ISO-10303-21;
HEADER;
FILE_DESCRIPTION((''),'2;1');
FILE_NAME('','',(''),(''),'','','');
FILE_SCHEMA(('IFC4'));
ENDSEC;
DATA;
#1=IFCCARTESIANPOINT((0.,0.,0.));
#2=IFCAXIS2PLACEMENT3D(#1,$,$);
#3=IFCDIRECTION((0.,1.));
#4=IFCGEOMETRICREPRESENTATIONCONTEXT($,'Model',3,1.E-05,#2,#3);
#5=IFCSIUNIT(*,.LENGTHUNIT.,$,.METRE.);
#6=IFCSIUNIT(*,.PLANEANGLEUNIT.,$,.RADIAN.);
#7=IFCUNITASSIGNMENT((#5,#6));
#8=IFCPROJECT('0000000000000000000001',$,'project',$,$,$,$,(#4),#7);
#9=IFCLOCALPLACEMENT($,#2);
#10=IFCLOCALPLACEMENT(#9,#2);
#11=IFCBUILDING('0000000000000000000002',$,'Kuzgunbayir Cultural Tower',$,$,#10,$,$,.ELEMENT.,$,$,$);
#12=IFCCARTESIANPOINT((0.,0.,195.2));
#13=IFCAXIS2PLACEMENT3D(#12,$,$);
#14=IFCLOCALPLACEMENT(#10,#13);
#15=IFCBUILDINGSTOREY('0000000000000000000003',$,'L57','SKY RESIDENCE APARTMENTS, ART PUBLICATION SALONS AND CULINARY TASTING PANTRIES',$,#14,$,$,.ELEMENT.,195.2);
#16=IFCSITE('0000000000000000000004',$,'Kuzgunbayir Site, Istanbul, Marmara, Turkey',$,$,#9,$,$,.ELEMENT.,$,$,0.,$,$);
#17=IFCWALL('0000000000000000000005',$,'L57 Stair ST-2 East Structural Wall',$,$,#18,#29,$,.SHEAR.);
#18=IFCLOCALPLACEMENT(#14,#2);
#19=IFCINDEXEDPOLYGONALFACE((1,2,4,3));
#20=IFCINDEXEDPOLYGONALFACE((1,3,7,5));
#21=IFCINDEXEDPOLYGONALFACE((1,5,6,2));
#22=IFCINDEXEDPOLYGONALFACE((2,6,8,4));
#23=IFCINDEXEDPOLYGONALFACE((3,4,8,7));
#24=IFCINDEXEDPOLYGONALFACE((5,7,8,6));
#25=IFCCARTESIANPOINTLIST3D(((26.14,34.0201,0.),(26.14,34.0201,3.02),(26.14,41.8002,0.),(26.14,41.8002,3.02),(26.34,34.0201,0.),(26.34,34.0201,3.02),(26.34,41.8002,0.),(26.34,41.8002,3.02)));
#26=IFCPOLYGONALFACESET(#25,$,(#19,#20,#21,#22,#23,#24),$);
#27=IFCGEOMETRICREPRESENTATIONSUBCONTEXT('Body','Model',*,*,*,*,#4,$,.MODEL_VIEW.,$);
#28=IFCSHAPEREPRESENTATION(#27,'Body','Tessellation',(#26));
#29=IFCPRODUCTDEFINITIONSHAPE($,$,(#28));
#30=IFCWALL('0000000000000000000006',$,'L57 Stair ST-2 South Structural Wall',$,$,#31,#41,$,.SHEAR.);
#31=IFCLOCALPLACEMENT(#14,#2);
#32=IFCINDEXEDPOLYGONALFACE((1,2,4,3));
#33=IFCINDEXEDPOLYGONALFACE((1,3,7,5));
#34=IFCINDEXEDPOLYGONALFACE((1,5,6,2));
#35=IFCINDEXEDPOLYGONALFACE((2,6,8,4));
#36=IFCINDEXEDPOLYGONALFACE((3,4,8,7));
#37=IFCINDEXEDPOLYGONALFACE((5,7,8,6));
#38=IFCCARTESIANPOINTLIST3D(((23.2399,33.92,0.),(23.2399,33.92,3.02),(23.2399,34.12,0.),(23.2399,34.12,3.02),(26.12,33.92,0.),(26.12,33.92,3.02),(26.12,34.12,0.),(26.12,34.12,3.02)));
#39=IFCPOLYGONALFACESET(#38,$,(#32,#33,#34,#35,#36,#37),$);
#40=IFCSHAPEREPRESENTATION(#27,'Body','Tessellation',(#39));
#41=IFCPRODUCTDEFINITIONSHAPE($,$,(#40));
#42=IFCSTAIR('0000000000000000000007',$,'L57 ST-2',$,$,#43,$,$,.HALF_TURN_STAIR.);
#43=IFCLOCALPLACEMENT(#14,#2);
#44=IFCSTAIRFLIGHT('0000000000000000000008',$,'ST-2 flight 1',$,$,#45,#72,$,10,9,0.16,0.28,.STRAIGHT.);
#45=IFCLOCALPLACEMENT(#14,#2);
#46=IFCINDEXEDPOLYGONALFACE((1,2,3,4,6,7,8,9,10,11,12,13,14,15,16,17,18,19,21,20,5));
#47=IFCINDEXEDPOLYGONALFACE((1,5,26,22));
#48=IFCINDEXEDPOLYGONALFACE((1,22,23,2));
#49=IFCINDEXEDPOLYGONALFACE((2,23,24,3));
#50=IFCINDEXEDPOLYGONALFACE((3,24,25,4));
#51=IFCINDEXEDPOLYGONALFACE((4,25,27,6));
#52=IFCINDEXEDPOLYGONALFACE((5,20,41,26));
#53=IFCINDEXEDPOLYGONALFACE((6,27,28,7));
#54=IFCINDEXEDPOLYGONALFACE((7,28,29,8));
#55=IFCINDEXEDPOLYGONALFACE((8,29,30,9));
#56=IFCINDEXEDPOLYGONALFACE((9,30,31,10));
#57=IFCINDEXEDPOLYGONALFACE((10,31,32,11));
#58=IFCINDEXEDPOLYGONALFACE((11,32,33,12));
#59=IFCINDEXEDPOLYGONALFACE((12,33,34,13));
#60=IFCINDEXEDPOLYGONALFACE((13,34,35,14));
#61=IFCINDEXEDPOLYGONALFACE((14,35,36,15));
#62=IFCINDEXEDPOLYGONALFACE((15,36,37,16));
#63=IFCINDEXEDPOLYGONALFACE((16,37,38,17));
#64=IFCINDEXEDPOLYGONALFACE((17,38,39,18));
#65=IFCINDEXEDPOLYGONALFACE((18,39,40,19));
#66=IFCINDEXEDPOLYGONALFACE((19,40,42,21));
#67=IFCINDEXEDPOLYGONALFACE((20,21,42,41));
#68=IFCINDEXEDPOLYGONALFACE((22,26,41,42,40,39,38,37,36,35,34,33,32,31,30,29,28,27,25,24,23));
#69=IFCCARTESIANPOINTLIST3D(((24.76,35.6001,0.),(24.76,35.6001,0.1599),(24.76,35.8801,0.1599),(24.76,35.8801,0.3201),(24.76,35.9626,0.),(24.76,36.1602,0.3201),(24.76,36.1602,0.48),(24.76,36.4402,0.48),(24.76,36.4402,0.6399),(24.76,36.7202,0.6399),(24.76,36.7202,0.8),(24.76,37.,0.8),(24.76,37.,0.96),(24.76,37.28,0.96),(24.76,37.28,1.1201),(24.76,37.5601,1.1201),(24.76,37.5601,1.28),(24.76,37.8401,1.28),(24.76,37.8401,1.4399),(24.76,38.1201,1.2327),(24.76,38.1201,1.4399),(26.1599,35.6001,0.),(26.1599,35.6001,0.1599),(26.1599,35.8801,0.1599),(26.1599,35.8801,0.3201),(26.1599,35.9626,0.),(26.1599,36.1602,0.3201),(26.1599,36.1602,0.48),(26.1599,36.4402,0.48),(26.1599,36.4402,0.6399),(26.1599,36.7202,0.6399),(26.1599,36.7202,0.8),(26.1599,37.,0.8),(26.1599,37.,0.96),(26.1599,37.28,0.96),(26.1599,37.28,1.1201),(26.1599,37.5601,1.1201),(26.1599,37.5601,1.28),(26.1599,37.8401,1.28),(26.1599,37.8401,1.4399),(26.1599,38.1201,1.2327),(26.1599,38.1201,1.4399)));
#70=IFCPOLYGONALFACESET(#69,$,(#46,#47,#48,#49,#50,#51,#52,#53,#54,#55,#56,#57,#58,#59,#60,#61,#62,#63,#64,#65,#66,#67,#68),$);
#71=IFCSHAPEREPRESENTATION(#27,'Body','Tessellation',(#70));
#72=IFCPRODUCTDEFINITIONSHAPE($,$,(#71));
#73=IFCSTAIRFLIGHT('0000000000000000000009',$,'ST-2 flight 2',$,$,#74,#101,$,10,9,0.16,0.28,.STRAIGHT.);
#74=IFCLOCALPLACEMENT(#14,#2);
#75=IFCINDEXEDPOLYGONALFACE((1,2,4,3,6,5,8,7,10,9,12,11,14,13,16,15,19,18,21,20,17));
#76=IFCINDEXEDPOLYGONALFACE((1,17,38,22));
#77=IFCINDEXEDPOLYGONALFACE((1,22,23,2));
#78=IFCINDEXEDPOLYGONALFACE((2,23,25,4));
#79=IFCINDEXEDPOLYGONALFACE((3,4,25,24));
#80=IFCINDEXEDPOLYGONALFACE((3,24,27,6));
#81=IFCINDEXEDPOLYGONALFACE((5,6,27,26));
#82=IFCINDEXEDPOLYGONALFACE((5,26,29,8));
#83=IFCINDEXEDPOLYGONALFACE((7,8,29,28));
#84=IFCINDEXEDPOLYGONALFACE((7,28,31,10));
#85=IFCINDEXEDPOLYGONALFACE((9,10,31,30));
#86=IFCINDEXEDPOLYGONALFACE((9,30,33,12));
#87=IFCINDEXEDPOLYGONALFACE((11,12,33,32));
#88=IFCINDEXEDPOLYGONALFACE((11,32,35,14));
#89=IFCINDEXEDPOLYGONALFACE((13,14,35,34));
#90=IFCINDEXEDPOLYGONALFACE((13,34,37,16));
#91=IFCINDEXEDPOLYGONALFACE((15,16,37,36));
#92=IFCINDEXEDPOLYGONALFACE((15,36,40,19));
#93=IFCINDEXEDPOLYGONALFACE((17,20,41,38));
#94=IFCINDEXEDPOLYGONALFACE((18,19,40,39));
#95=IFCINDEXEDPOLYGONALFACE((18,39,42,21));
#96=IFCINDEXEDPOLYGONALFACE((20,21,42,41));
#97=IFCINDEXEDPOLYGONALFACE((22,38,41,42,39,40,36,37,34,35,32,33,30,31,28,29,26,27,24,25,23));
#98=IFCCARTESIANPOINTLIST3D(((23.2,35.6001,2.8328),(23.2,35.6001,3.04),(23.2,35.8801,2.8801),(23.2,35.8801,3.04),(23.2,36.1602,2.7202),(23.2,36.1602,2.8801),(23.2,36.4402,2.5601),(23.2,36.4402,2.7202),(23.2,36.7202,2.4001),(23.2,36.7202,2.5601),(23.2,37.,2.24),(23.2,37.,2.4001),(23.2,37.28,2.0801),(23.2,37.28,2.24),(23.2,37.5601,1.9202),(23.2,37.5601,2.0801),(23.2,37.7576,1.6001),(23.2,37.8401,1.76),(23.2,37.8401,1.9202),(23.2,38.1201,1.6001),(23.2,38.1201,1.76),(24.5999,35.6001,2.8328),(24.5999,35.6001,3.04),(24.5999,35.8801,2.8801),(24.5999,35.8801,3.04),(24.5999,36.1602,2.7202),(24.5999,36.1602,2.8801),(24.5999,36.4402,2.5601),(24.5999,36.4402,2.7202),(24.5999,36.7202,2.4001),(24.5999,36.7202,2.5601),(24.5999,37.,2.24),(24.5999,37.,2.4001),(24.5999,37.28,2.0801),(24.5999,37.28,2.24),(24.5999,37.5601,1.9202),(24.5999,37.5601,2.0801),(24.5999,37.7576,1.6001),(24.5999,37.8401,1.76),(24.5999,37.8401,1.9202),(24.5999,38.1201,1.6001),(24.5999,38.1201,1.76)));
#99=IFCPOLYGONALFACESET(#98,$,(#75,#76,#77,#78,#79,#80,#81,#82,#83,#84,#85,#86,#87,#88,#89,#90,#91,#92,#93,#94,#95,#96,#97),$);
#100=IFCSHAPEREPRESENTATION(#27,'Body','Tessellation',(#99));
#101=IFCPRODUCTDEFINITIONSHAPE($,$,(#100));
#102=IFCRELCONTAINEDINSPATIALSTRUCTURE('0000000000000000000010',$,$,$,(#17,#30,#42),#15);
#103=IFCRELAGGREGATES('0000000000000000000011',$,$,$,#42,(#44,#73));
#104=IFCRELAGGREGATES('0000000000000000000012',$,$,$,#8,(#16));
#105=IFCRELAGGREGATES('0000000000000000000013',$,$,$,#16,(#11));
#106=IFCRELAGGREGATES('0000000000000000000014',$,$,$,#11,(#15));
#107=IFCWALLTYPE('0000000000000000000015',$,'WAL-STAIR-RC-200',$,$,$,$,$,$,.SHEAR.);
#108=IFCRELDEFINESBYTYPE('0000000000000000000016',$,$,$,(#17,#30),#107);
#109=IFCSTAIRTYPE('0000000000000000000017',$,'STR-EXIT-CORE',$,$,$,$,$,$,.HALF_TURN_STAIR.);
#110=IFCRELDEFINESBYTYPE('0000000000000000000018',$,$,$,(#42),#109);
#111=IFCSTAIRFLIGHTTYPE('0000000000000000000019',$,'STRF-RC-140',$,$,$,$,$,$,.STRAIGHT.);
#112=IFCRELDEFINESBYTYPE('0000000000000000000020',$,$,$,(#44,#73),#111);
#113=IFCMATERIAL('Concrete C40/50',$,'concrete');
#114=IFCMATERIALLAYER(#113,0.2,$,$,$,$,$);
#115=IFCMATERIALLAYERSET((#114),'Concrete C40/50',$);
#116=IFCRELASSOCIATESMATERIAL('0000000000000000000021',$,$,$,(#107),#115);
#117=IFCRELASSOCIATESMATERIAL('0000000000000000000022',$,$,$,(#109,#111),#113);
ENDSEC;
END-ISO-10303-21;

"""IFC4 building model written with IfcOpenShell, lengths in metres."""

from ifc_helpers import new_model, si_unit, direction, frame, frame_2d, origin, place, context, subcontext, project, spatial, polyline, rectangle, outline, extrude, material, layer, layer_set, type_object, element, aggregate, save


model = new_model("IFC4")

# Units and contexts
model_context = context("Model", 3, precision=1e-05, world=origin(), true_north=direction((0.0, 1.0)))
body_context = subcontext(model_context, "Body", "Model", "MODEL_VIEW")
ifc_project = project(units=[si_unit("LENGTHUNIT", "METRE"), si_unit("PLANEANGLEUNIT", "RADIAN")], contexts=[model_context])

# Site, building, storey
site_placement = place(None, origin())
site = spatial("IfcSite", under=ifc_project, at=site_placement, Name="Kuzgunbayir Site, Istanbul, Marmara, Turkey", CompositionType="ELEMENT", RefElevation=0.0)
building_placement = place(site_placement, origin())
building = spatial("IfcBuilding", under=site, at=building_placement, Name="Kuzgunbayir Cultural Tower", CompositionType="ELEMENT")
storey_placement = place(building_placement, frame((0.0, 0.0, 195.2)))
storey = spatial("IfcBuildingStorey", under=building, at=storey_placement, Name="L57", Description="SKY RESIDENCE APARTMENTS, ART PUBLICATION SALONS AND CULINARY TASTING PANTRIES", CompositionType="ELEMENT", Elevation=195.2)

# Shared definitions
ifc_material_1 = material(Name="Concrete C40/50", Category="concrete")

# Shared definitions
ifc_layer_1 = layer(ifc_material_1, 0.2)
ifc_layer_set_1 = layer_set([ifc_layer_1], Name="Concrete C40/50")
wall_type_1 = type_object("IfcWallType", Name="WAL-STAIR-RC-200", PredefinedType="SHEAR", material=ifc_layer_set_1)

# Walls
wall_1_placement = place(storey_placement, frame((26.24, 34.02, 0.0), z_axis=(0.0, 0.0, 1.0), x_axis=(0.0, 1.0, 0.0)))
element("IfcWall", 1, at=wall_1_placement, inside=storey, type_object=wall_type_1, Name="L57 Stair ST-2 East Structural Wall", PredefinedType="SHEAR", context=body_context, shape_type="SweptSolid", body=[
    extrude(rectangle(XDim=7.78, YDim=0.2, at=frame_2d((3.8901, 0.0))), origin(), (0.0, 0.0, 1.0), 3.02),
])
wall_2_placement = place(storey_placement, frame((23.24, 34.02, 0.0), z_axis=(0.0, 0.0, 1.0), x_axis=(1.0, 0.0, 0.0)))
element("IfcWall", 2, at=wall_2_placement, inside=storey, type_object=wall_type_1, Name="L57 Stair ST-2 South Structural Wall", PredefinedType="SHEAR", context=body_context, shape_type="SweptSolid", body=[
    extrude(rectangle(XDim=2.8801, YDim=0.2, at=frame_2d((1.4399, 0.0))), origin(), (0.0, 0.0, 1.0), 3.02),
])

# Stair, stair flights
stair_type = type_object("IfcStairType", Name="STR-EXIT-CORE", PredefinedType="HALF_TURN_STAIR", material=ifc_material_1)
stair_placement = place(storey_placement, origin())
stair = element("IfcStair", 3, at=stair_placement, inside=storey, type_object=stair_type, Name="L57 ST-2", PredefinedType="HALF_TURN_STAIR")
stair_flight_type = type_object("IfcStairFlightType", Name="STRF-RC-140", PredefinedType="STRAIGHT", material=ifc_material_1)
stair_flight_1_placement = place(storey_placement, frame((25.46, 35.6001, 0.0), z_axis=(0.0, 0.0, 1.0), x_axis=(0.0, 1.0, 0.0)))
stair_flight_1 = element("IfcStairFlight", 4, at=stair_flight_1_placement, type_object=stair_flight_type, Name="ST-2 flight 1", NumberOfRisers=10, NumberOfTreads=9, PredefinedType="STRAIGHT", RiserHeight=0.16, TreadLength=0.28, context=body_context, shape_type="SweptSolid", body=[
    extrude(outline(polyline([(0.0, 0.0), (0.0, 0.1599), (0.28, 0.1599), (0.28, 0.3201), (0.5601, 0.3201), (0.5601, 0.48), (0.8401, 0.48), (0.8401, 0.6399), (1.1201, 0.6399), (1.1201, 0.8), (1.3999, 0.8), (1.3999, 0.96), (1.6799, 0.96), (1.6799, 1.1201), (1.96, 1.1201), (1.96, 1.28), (2.24, 1.28), (2.24, 1.4399), (2.52, 1.4399), (2.52, 1.6001), (2.52, 1.2327), (0.3625, 0.0), (0.0, 0.0)])), frame((0.0, 0.7, 0.0), z_axis=(0.0, -1.0, 0.0), x_axis=(1.0, 0.0, 0.0)), (0.0, 0.0, 1.0), 1.3999),
])
stair_flight_2_placement = place(storey_placement, frame((23.8999, 38.1201, 1.6001), z_axis=(0.0, 0.0, 1.0), x_axis=(0.0, -1.0, 0.0)))
stair_flight_2 = element("IfcStairFlight", 5, at=stair_flight_2_placement, type_object=stair_flight_type, Name="ST-2 flight 2", NumberOfRisers=10, NumberOfTreads=9, PredefinedType="STRAIGHT", RiserHeight=0.16, TreadLength=0.28, context=body_context, shape_type="SweptSolid", body=[
    extrude(outline(polyline([(0.0, 0.0), (0.0, 0.1599), (0.28, 0.1599), (0.28, 0.3201), (0.5601, 0.3201), (0.5601, 0.48), (0.8401, 0.48), (0.8401, 0.6399), (1.1201, 0.6399), (1.1201, 0.8), (1.3999, 0.8), (1.3999, 0.96), (1.6799, 0.96), (1.6799, 1.1201), (1.96, 1.1201), (1.96, 1.28), (2.24, 1.28), (2.24, 1.4399), (2.52, 1.4399), (2.52, 1.6001), (2.52, 1.2327), (0.3625, 0.0), (0.0, 0.0)])), frame((0.0, 0.7, 0.0), z_axis=(0.0, -1.0, 0.0), x_axis=(1.0, 0.0, 0.0)), (0.0, 0.0, 1.0), 1.3999),
])
aggregate(stair, [stair_flight_1, stair_flight_2])

save(model, "model.ifc")
